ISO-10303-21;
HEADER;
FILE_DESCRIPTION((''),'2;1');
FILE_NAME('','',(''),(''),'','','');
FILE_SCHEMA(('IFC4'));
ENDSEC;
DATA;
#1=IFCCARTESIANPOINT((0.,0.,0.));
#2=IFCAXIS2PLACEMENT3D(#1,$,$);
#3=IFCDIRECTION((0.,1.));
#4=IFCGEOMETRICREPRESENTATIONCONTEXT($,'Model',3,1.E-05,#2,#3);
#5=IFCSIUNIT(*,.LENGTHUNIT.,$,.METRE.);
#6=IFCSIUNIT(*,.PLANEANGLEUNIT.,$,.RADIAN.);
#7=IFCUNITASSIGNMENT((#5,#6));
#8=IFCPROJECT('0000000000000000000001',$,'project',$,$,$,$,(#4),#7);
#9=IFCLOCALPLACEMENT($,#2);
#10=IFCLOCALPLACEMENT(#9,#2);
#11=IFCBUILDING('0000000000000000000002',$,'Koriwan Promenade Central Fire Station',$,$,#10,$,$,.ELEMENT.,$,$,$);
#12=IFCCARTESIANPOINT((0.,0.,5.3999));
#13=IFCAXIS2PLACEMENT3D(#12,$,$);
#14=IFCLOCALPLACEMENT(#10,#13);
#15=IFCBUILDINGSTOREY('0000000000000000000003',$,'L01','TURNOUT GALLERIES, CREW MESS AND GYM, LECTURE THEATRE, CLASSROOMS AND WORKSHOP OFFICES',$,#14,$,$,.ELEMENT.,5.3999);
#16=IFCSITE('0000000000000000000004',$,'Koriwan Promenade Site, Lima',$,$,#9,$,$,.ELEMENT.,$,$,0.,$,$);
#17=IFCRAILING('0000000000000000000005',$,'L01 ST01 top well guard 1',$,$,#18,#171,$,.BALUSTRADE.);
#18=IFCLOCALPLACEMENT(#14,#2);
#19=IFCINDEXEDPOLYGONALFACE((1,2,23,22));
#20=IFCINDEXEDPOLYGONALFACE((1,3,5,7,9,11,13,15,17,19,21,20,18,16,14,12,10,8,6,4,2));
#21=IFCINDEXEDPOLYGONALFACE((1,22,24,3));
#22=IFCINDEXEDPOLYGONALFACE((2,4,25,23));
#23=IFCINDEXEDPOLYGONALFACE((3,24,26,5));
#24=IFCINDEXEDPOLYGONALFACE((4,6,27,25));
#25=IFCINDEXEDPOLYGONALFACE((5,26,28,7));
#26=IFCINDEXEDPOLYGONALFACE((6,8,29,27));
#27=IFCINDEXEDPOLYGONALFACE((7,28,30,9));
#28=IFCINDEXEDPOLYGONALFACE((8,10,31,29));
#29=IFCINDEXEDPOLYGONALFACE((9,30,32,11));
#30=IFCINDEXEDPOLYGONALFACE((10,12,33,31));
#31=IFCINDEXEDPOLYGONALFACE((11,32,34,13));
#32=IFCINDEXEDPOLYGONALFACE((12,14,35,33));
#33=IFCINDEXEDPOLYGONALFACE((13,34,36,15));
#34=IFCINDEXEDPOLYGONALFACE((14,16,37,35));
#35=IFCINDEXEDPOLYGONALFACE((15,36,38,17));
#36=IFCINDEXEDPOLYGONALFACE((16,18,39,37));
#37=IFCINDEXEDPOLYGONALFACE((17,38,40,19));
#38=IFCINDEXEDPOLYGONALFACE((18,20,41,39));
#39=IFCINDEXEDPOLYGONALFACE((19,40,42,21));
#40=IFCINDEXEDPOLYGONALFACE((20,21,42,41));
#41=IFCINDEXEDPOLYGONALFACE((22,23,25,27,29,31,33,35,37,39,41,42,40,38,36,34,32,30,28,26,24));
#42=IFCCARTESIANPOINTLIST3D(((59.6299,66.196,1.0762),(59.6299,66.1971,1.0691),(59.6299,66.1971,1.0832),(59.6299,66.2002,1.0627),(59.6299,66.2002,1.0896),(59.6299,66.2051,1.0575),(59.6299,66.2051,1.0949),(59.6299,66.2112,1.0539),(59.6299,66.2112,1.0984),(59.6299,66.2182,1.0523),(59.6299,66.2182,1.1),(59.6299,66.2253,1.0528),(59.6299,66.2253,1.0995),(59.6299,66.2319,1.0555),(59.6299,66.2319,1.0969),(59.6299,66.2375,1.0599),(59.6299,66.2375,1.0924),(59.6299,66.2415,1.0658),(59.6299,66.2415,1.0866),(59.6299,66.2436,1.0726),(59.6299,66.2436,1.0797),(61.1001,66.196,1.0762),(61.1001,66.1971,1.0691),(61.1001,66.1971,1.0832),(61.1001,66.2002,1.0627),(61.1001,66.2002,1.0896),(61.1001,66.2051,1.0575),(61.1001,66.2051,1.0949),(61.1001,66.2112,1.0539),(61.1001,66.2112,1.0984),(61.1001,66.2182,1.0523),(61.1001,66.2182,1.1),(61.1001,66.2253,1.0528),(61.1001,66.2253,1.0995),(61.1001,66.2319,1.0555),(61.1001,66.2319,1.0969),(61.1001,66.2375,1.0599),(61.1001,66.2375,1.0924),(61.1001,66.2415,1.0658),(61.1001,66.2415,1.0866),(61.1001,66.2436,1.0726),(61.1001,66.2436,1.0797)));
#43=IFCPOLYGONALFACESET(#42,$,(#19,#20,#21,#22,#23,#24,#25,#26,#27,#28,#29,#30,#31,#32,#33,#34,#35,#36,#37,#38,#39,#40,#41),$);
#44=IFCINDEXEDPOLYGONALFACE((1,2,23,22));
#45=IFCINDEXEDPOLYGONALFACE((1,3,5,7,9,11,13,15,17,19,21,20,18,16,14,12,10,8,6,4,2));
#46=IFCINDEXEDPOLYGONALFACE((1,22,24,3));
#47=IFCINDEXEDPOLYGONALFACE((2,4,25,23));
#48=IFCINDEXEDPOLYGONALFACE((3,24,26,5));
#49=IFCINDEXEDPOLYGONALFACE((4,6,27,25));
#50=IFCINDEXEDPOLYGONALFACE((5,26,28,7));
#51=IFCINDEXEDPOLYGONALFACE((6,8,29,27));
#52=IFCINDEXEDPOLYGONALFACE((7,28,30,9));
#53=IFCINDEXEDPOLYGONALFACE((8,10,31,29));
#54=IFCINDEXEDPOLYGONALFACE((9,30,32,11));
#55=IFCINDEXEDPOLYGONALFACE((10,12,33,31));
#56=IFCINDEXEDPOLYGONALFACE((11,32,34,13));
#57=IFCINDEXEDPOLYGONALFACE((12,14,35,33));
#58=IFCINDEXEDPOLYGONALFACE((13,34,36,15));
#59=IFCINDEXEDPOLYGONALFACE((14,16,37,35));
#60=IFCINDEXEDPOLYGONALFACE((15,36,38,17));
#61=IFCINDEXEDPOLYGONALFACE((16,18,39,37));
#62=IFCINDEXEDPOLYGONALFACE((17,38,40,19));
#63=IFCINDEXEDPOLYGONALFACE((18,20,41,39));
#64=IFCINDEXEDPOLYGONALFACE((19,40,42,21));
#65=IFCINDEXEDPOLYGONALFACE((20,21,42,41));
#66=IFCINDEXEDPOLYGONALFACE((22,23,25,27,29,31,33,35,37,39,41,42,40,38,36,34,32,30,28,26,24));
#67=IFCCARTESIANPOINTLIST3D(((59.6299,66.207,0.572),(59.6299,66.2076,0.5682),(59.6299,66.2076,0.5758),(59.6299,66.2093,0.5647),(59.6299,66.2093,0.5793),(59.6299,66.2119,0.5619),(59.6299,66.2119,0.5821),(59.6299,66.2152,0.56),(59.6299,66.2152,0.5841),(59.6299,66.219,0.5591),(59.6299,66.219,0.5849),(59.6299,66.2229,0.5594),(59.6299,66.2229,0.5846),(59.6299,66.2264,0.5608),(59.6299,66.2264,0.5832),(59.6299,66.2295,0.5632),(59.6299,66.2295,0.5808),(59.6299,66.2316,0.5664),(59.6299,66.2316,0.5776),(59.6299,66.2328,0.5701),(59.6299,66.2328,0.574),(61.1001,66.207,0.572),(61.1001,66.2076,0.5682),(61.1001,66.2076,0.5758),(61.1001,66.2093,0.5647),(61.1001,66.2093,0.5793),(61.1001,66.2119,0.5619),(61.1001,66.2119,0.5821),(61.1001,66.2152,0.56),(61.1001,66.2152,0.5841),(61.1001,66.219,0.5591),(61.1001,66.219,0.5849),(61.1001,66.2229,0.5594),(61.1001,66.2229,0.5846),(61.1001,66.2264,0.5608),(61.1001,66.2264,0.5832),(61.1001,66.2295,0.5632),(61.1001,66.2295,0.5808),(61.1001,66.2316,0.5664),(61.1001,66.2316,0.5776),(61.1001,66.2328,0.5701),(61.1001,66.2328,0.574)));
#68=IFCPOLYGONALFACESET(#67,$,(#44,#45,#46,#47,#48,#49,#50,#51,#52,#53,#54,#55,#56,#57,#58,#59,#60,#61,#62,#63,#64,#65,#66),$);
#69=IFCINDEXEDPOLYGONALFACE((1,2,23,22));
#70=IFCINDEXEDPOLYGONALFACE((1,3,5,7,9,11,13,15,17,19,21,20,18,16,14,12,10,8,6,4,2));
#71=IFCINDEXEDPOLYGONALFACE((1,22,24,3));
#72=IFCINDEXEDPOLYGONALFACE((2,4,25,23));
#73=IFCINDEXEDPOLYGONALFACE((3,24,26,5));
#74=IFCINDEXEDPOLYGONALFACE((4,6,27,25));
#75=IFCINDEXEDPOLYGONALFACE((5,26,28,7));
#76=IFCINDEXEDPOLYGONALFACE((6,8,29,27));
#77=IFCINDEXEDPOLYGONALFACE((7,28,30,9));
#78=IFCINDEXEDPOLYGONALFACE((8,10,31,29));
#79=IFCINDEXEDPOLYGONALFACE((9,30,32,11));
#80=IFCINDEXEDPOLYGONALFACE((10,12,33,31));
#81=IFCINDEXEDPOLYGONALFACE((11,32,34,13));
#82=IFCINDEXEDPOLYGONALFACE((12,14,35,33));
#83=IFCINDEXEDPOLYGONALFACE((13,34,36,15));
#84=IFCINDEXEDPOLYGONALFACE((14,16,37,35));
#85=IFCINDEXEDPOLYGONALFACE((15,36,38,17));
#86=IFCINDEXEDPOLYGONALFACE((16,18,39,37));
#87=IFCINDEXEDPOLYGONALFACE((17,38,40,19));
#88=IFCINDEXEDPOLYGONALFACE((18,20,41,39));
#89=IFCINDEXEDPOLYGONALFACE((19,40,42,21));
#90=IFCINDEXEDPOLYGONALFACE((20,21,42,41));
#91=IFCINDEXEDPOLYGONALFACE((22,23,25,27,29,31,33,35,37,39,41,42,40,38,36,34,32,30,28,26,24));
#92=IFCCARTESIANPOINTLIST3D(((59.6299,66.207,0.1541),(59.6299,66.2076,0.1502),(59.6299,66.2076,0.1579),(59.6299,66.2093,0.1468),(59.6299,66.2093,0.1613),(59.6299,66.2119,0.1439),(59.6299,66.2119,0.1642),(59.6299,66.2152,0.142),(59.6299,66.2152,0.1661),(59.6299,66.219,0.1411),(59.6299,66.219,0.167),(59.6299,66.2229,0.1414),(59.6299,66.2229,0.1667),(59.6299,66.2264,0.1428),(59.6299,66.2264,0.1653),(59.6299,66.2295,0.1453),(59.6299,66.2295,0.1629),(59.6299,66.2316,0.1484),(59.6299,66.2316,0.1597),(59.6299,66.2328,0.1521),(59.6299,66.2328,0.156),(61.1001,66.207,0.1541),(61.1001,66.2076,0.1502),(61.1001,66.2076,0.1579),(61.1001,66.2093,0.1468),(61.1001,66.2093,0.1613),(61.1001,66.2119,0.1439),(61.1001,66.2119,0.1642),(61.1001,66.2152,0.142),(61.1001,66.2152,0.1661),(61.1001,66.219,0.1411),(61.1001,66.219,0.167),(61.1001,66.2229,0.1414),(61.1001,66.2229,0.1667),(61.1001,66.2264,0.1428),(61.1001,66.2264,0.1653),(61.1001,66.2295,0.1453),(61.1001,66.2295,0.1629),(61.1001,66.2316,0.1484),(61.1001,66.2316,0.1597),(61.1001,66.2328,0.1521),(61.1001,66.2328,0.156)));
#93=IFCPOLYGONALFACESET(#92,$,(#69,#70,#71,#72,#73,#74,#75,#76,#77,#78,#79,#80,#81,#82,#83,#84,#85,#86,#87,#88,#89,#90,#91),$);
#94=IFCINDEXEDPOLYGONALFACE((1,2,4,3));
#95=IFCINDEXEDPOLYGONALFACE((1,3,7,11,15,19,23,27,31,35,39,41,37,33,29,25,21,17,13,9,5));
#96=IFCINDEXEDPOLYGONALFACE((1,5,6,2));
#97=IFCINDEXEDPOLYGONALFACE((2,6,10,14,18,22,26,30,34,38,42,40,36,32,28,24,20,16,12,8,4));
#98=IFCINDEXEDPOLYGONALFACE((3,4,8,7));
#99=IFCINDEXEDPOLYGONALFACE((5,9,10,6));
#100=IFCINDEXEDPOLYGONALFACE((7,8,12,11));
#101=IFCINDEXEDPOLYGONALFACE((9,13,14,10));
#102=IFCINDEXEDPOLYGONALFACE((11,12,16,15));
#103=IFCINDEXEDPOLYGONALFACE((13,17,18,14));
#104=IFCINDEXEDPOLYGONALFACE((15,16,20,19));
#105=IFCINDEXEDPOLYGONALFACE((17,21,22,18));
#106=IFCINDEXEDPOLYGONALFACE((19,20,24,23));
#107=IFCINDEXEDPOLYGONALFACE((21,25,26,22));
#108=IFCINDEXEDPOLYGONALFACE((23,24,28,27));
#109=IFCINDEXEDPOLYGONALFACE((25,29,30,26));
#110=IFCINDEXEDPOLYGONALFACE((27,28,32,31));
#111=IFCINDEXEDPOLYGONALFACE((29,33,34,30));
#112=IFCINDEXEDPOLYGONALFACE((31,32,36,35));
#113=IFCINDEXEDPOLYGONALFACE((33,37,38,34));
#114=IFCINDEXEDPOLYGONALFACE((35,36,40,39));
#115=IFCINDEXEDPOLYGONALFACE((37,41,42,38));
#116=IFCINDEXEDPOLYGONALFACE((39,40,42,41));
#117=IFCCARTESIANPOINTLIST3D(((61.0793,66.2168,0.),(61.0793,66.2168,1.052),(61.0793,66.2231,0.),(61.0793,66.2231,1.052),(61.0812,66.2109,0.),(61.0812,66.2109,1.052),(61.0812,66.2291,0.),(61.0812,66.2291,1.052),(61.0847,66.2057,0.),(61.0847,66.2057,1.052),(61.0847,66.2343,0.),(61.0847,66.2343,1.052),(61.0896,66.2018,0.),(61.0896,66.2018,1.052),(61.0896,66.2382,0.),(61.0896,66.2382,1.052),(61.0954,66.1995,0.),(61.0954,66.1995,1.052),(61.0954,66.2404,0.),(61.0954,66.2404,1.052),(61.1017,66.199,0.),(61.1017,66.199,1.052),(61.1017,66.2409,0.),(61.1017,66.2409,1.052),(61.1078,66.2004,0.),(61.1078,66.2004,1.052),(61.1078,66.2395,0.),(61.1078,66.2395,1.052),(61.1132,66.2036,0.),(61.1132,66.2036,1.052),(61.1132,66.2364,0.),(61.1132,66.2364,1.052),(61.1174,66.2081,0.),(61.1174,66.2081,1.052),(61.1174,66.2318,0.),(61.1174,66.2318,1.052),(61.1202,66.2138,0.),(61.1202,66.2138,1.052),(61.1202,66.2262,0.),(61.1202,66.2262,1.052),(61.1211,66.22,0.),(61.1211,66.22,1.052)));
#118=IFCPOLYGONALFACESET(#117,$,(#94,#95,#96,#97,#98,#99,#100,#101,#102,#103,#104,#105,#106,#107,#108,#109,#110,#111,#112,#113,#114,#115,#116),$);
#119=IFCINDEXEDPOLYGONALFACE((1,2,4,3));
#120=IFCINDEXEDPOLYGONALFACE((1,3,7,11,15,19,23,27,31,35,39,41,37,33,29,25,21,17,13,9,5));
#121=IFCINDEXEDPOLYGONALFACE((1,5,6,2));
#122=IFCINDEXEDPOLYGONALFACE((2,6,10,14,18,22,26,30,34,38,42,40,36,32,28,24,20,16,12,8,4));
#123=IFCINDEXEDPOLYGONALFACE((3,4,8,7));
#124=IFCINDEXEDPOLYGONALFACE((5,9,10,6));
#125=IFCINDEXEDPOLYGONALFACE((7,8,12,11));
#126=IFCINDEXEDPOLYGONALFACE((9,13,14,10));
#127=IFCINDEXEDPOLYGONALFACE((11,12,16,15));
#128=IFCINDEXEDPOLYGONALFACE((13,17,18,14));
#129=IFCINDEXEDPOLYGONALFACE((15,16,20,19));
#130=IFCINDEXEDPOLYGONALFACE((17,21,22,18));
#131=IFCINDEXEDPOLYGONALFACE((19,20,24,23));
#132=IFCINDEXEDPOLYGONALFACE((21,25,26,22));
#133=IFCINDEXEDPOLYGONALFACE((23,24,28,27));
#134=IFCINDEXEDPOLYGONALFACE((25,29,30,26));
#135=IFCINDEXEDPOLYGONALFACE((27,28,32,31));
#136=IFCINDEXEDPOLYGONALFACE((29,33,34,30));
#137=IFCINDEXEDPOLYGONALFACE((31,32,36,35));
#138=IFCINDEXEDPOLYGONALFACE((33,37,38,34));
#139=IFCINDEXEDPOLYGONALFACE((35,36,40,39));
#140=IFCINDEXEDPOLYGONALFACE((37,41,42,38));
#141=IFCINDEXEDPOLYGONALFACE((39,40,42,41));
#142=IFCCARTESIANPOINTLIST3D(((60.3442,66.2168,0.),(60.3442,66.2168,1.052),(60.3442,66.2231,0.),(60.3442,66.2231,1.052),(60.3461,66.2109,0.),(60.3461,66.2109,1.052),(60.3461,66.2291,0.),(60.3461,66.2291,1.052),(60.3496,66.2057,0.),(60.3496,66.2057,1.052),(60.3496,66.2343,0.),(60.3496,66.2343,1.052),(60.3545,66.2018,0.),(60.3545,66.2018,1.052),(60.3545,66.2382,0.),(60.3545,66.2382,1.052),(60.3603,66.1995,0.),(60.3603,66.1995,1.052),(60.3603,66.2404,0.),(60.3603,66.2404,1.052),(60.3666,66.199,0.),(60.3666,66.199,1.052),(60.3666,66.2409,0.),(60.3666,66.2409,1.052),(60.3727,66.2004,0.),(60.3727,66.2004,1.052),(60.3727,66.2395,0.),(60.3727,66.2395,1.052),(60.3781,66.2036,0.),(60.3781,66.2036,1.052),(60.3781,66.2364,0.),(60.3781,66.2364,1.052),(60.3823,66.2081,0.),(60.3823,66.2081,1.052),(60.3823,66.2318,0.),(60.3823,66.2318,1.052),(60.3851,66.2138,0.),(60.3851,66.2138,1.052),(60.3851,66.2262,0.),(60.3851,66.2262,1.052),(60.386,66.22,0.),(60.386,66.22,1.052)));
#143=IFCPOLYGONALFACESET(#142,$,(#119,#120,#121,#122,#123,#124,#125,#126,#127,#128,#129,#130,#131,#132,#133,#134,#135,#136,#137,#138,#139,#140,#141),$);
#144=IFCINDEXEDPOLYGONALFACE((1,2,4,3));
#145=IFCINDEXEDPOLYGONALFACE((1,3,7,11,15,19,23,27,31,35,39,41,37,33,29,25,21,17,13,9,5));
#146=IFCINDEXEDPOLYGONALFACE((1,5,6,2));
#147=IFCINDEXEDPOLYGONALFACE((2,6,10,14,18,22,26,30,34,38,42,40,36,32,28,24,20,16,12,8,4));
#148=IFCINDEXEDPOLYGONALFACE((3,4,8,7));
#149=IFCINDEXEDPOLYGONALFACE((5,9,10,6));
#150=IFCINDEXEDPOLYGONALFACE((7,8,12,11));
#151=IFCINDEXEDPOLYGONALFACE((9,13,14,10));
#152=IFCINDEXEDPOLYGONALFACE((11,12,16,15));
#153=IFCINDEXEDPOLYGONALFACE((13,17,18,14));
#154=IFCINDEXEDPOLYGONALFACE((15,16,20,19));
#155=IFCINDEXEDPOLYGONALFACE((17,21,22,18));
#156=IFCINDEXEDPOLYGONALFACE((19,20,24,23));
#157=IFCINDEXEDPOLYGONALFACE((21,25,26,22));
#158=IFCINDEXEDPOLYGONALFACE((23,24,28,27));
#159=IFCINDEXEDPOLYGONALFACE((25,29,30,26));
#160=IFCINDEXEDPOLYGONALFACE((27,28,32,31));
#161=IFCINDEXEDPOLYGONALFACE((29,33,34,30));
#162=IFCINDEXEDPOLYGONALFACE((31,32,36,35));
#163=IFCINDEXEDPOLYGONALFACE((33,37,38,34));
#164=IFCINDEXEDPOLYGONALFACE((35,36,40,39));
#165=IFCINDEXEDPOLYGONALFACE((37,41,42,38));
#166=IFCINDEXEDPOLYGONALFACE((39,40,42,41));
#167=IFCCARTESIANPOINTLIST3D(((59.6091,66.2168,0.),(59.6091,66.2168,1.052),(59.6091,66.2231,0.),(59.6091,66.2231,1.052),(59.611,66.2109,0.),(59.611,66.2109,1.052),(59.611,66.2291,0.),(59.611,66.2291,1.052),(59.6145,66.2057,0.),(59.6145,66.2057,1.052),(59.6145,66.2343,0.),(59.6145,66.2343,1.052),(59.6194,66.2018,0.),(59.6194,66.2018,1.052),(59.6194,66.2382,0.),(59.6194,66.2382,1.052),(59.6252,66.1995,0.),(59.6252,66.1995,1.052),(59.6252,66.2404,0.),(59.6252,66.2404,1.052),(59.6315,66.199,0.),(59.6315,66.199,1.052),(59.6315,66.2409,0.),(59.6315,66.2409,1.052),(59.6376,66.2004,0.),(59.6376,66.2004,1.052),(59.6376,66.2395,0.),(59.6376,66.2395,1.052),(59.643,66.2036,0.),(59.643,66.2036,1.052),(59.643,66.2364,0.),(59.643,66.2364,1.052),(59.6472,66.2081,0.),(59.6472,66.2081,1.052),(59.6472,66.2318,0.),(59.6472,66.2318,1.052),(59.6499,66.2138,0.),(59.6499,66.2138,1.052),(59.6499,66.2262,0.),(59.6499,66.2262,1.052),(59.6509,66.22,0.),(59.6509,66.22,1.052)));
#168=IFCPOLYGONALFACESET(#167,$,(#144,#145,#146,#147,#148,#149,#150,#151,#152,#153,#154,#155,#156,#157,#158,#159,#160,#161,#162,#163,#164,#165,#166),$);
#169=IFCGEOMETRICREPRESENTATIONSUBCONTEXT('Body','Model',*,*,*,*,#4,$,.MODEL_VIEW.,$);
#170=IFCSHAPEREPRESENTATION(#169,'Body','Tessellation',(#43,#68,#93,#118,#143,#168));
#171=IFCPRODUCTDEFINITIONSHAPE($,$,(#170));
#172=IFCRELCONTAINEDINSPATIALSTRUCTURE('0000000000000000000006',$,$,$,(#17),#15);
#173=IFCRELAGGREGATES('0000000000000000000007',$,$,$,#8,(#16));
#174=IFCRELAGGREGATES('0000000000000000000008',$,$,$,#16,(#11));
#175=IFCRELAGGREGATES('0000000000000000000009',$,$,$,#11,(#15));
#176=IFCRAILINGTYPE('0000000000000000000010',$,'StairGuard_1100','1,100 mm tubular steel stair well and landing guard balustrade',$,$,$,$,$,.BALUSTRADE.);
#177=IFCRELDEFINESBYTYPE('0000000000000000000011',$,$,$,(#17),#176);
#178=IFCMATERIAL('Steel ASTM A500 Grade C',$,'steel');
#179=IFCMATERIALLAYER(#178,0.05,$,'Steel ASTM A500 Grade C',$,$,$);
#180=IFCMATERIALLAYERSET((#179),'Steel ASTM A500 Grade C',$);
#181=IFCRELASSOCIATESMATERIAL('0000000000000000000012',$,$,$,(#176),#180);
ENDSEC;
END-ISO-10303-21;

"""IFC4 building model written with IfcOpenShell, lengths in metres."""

from ifc_helpers import new_model, si_unit, direction, frame, origin, origin_2d, place, context, subcontext, project, spatial, circle, extrude, material, layer, layer_set, type_object, element, save


model = new_model("IFC4")

# Units and contexts
model_context = context("Model", 3, precision=1e-05, world=origin(), true_north=direction((0.0, 1.0)))
body_context = subcontext(model_context, "Body", "Model", "MODEL_VIEW")
ifc_project = project(units=[si_unit("LENGTHUNIT", "METRE"), si_unit("PLANEANGLEUNIT", "RADIAN")], contexts=[model_context])

# Site, building, storey
site_placement = place(None, origin())
site = spatial("IfcSite", under=ifc_project, at=site_placement, Name="Koriwan Promenade Site, Lima", CompositionType="ELEMENT", RefElevation=0.0)
building_placement = place(site_placement, origin())
building = spatial("IfcBuilding", under=site, at=building_placement, Name="Koriwan Promenade Central Fire Station", CompositionType="ELEMENT")
storey_placement = place(building_placement, frame((0.0, 0.0, 5.3999)))
storey = spatial("IfcBuildingStorey", under=building, at=storey_placement, Name="L01", Description="TURNOUT GALLERIES, CREW MESS AND GYM, LECTURE THEATRE, CLASSROOMS AND WORKSHOP OFFICES", CompositionType="ELEMENT", Elevation=5.3999)

# Railing
ifc_material_1 = material(Name="Steel ASTM A500 Grade C", Category="steel")
ifc_layer_1 = layer(ifc_material_1, 0.05, Name="Steel ASTM A500 Grade C")
ifc_layer_set_1 = layer_set([ifc_layer_1], Name="Steel ASTM A500 Grade C")
railing_type_1 = type_object("IfcRailingType", Name="StairGuard_1100", Description="1,100 mm tubular steel stair well and landing guard balustrade", PredefinedType="BALUSTRADE", material=ifc_layer_set_1)
railing_1_placement = place(storey_placement, frame((61.1001, 66.22, 0.0)))
element("IfcRailing", 1, at=railing_1_placement, inside=storey, type_object=railing_type_1, Name="L01 ST01 top well guard 1", PredefinedType="BALUSTRADE", context=body_context, shape_type="SweptSolid", body=[
    extrude(circle(Radius=0.0239, at=origin_2d()), frame((0.0, 0.0, 1.0762), z_axis=(-1.0, 0.0, 0.0), x_axis=(0.0, -1.0, 0.0)), (0.0, 0.0, 1.0), 1.4702),
    extrude(circle(Radius=0.0129, at=origin_2d()), frame((0.0, 0.0, 0.572), z_axis=(-1.0, 0.0, 0.0), x_axis=(0.0, -1.0, 0.0)), (0.0, 0.0, 1.0), 1.4702),
    extrude(circle(Radius=0.0129, at=origin_2d()), frame((0.0, 0.0, 0.1541), z_axis=(-1.0, 0.0, 0.0), x_axis=(0.0, -1.0, 0.0)), (0.0, 0.0, 1.0), 1.4702),
    extrude(circle(Radius=0.021, at=origin_2d()), origin(), (0.0, 0.0, 1.0), 1.052),
    extrude(circle(Radius=0.021, at=origin_2d()), frame((-0.7351, 0.0, 0.0)), (0.0, 0.0, 1.0), 1.052),
    extrude(circle(Radius=0.021, at=origin_2d()), frame((-1.4702, 0.0, 0.0)), (0.0, 0.0, 1.0), 1.052),
])

save(model, "model.ifc")
